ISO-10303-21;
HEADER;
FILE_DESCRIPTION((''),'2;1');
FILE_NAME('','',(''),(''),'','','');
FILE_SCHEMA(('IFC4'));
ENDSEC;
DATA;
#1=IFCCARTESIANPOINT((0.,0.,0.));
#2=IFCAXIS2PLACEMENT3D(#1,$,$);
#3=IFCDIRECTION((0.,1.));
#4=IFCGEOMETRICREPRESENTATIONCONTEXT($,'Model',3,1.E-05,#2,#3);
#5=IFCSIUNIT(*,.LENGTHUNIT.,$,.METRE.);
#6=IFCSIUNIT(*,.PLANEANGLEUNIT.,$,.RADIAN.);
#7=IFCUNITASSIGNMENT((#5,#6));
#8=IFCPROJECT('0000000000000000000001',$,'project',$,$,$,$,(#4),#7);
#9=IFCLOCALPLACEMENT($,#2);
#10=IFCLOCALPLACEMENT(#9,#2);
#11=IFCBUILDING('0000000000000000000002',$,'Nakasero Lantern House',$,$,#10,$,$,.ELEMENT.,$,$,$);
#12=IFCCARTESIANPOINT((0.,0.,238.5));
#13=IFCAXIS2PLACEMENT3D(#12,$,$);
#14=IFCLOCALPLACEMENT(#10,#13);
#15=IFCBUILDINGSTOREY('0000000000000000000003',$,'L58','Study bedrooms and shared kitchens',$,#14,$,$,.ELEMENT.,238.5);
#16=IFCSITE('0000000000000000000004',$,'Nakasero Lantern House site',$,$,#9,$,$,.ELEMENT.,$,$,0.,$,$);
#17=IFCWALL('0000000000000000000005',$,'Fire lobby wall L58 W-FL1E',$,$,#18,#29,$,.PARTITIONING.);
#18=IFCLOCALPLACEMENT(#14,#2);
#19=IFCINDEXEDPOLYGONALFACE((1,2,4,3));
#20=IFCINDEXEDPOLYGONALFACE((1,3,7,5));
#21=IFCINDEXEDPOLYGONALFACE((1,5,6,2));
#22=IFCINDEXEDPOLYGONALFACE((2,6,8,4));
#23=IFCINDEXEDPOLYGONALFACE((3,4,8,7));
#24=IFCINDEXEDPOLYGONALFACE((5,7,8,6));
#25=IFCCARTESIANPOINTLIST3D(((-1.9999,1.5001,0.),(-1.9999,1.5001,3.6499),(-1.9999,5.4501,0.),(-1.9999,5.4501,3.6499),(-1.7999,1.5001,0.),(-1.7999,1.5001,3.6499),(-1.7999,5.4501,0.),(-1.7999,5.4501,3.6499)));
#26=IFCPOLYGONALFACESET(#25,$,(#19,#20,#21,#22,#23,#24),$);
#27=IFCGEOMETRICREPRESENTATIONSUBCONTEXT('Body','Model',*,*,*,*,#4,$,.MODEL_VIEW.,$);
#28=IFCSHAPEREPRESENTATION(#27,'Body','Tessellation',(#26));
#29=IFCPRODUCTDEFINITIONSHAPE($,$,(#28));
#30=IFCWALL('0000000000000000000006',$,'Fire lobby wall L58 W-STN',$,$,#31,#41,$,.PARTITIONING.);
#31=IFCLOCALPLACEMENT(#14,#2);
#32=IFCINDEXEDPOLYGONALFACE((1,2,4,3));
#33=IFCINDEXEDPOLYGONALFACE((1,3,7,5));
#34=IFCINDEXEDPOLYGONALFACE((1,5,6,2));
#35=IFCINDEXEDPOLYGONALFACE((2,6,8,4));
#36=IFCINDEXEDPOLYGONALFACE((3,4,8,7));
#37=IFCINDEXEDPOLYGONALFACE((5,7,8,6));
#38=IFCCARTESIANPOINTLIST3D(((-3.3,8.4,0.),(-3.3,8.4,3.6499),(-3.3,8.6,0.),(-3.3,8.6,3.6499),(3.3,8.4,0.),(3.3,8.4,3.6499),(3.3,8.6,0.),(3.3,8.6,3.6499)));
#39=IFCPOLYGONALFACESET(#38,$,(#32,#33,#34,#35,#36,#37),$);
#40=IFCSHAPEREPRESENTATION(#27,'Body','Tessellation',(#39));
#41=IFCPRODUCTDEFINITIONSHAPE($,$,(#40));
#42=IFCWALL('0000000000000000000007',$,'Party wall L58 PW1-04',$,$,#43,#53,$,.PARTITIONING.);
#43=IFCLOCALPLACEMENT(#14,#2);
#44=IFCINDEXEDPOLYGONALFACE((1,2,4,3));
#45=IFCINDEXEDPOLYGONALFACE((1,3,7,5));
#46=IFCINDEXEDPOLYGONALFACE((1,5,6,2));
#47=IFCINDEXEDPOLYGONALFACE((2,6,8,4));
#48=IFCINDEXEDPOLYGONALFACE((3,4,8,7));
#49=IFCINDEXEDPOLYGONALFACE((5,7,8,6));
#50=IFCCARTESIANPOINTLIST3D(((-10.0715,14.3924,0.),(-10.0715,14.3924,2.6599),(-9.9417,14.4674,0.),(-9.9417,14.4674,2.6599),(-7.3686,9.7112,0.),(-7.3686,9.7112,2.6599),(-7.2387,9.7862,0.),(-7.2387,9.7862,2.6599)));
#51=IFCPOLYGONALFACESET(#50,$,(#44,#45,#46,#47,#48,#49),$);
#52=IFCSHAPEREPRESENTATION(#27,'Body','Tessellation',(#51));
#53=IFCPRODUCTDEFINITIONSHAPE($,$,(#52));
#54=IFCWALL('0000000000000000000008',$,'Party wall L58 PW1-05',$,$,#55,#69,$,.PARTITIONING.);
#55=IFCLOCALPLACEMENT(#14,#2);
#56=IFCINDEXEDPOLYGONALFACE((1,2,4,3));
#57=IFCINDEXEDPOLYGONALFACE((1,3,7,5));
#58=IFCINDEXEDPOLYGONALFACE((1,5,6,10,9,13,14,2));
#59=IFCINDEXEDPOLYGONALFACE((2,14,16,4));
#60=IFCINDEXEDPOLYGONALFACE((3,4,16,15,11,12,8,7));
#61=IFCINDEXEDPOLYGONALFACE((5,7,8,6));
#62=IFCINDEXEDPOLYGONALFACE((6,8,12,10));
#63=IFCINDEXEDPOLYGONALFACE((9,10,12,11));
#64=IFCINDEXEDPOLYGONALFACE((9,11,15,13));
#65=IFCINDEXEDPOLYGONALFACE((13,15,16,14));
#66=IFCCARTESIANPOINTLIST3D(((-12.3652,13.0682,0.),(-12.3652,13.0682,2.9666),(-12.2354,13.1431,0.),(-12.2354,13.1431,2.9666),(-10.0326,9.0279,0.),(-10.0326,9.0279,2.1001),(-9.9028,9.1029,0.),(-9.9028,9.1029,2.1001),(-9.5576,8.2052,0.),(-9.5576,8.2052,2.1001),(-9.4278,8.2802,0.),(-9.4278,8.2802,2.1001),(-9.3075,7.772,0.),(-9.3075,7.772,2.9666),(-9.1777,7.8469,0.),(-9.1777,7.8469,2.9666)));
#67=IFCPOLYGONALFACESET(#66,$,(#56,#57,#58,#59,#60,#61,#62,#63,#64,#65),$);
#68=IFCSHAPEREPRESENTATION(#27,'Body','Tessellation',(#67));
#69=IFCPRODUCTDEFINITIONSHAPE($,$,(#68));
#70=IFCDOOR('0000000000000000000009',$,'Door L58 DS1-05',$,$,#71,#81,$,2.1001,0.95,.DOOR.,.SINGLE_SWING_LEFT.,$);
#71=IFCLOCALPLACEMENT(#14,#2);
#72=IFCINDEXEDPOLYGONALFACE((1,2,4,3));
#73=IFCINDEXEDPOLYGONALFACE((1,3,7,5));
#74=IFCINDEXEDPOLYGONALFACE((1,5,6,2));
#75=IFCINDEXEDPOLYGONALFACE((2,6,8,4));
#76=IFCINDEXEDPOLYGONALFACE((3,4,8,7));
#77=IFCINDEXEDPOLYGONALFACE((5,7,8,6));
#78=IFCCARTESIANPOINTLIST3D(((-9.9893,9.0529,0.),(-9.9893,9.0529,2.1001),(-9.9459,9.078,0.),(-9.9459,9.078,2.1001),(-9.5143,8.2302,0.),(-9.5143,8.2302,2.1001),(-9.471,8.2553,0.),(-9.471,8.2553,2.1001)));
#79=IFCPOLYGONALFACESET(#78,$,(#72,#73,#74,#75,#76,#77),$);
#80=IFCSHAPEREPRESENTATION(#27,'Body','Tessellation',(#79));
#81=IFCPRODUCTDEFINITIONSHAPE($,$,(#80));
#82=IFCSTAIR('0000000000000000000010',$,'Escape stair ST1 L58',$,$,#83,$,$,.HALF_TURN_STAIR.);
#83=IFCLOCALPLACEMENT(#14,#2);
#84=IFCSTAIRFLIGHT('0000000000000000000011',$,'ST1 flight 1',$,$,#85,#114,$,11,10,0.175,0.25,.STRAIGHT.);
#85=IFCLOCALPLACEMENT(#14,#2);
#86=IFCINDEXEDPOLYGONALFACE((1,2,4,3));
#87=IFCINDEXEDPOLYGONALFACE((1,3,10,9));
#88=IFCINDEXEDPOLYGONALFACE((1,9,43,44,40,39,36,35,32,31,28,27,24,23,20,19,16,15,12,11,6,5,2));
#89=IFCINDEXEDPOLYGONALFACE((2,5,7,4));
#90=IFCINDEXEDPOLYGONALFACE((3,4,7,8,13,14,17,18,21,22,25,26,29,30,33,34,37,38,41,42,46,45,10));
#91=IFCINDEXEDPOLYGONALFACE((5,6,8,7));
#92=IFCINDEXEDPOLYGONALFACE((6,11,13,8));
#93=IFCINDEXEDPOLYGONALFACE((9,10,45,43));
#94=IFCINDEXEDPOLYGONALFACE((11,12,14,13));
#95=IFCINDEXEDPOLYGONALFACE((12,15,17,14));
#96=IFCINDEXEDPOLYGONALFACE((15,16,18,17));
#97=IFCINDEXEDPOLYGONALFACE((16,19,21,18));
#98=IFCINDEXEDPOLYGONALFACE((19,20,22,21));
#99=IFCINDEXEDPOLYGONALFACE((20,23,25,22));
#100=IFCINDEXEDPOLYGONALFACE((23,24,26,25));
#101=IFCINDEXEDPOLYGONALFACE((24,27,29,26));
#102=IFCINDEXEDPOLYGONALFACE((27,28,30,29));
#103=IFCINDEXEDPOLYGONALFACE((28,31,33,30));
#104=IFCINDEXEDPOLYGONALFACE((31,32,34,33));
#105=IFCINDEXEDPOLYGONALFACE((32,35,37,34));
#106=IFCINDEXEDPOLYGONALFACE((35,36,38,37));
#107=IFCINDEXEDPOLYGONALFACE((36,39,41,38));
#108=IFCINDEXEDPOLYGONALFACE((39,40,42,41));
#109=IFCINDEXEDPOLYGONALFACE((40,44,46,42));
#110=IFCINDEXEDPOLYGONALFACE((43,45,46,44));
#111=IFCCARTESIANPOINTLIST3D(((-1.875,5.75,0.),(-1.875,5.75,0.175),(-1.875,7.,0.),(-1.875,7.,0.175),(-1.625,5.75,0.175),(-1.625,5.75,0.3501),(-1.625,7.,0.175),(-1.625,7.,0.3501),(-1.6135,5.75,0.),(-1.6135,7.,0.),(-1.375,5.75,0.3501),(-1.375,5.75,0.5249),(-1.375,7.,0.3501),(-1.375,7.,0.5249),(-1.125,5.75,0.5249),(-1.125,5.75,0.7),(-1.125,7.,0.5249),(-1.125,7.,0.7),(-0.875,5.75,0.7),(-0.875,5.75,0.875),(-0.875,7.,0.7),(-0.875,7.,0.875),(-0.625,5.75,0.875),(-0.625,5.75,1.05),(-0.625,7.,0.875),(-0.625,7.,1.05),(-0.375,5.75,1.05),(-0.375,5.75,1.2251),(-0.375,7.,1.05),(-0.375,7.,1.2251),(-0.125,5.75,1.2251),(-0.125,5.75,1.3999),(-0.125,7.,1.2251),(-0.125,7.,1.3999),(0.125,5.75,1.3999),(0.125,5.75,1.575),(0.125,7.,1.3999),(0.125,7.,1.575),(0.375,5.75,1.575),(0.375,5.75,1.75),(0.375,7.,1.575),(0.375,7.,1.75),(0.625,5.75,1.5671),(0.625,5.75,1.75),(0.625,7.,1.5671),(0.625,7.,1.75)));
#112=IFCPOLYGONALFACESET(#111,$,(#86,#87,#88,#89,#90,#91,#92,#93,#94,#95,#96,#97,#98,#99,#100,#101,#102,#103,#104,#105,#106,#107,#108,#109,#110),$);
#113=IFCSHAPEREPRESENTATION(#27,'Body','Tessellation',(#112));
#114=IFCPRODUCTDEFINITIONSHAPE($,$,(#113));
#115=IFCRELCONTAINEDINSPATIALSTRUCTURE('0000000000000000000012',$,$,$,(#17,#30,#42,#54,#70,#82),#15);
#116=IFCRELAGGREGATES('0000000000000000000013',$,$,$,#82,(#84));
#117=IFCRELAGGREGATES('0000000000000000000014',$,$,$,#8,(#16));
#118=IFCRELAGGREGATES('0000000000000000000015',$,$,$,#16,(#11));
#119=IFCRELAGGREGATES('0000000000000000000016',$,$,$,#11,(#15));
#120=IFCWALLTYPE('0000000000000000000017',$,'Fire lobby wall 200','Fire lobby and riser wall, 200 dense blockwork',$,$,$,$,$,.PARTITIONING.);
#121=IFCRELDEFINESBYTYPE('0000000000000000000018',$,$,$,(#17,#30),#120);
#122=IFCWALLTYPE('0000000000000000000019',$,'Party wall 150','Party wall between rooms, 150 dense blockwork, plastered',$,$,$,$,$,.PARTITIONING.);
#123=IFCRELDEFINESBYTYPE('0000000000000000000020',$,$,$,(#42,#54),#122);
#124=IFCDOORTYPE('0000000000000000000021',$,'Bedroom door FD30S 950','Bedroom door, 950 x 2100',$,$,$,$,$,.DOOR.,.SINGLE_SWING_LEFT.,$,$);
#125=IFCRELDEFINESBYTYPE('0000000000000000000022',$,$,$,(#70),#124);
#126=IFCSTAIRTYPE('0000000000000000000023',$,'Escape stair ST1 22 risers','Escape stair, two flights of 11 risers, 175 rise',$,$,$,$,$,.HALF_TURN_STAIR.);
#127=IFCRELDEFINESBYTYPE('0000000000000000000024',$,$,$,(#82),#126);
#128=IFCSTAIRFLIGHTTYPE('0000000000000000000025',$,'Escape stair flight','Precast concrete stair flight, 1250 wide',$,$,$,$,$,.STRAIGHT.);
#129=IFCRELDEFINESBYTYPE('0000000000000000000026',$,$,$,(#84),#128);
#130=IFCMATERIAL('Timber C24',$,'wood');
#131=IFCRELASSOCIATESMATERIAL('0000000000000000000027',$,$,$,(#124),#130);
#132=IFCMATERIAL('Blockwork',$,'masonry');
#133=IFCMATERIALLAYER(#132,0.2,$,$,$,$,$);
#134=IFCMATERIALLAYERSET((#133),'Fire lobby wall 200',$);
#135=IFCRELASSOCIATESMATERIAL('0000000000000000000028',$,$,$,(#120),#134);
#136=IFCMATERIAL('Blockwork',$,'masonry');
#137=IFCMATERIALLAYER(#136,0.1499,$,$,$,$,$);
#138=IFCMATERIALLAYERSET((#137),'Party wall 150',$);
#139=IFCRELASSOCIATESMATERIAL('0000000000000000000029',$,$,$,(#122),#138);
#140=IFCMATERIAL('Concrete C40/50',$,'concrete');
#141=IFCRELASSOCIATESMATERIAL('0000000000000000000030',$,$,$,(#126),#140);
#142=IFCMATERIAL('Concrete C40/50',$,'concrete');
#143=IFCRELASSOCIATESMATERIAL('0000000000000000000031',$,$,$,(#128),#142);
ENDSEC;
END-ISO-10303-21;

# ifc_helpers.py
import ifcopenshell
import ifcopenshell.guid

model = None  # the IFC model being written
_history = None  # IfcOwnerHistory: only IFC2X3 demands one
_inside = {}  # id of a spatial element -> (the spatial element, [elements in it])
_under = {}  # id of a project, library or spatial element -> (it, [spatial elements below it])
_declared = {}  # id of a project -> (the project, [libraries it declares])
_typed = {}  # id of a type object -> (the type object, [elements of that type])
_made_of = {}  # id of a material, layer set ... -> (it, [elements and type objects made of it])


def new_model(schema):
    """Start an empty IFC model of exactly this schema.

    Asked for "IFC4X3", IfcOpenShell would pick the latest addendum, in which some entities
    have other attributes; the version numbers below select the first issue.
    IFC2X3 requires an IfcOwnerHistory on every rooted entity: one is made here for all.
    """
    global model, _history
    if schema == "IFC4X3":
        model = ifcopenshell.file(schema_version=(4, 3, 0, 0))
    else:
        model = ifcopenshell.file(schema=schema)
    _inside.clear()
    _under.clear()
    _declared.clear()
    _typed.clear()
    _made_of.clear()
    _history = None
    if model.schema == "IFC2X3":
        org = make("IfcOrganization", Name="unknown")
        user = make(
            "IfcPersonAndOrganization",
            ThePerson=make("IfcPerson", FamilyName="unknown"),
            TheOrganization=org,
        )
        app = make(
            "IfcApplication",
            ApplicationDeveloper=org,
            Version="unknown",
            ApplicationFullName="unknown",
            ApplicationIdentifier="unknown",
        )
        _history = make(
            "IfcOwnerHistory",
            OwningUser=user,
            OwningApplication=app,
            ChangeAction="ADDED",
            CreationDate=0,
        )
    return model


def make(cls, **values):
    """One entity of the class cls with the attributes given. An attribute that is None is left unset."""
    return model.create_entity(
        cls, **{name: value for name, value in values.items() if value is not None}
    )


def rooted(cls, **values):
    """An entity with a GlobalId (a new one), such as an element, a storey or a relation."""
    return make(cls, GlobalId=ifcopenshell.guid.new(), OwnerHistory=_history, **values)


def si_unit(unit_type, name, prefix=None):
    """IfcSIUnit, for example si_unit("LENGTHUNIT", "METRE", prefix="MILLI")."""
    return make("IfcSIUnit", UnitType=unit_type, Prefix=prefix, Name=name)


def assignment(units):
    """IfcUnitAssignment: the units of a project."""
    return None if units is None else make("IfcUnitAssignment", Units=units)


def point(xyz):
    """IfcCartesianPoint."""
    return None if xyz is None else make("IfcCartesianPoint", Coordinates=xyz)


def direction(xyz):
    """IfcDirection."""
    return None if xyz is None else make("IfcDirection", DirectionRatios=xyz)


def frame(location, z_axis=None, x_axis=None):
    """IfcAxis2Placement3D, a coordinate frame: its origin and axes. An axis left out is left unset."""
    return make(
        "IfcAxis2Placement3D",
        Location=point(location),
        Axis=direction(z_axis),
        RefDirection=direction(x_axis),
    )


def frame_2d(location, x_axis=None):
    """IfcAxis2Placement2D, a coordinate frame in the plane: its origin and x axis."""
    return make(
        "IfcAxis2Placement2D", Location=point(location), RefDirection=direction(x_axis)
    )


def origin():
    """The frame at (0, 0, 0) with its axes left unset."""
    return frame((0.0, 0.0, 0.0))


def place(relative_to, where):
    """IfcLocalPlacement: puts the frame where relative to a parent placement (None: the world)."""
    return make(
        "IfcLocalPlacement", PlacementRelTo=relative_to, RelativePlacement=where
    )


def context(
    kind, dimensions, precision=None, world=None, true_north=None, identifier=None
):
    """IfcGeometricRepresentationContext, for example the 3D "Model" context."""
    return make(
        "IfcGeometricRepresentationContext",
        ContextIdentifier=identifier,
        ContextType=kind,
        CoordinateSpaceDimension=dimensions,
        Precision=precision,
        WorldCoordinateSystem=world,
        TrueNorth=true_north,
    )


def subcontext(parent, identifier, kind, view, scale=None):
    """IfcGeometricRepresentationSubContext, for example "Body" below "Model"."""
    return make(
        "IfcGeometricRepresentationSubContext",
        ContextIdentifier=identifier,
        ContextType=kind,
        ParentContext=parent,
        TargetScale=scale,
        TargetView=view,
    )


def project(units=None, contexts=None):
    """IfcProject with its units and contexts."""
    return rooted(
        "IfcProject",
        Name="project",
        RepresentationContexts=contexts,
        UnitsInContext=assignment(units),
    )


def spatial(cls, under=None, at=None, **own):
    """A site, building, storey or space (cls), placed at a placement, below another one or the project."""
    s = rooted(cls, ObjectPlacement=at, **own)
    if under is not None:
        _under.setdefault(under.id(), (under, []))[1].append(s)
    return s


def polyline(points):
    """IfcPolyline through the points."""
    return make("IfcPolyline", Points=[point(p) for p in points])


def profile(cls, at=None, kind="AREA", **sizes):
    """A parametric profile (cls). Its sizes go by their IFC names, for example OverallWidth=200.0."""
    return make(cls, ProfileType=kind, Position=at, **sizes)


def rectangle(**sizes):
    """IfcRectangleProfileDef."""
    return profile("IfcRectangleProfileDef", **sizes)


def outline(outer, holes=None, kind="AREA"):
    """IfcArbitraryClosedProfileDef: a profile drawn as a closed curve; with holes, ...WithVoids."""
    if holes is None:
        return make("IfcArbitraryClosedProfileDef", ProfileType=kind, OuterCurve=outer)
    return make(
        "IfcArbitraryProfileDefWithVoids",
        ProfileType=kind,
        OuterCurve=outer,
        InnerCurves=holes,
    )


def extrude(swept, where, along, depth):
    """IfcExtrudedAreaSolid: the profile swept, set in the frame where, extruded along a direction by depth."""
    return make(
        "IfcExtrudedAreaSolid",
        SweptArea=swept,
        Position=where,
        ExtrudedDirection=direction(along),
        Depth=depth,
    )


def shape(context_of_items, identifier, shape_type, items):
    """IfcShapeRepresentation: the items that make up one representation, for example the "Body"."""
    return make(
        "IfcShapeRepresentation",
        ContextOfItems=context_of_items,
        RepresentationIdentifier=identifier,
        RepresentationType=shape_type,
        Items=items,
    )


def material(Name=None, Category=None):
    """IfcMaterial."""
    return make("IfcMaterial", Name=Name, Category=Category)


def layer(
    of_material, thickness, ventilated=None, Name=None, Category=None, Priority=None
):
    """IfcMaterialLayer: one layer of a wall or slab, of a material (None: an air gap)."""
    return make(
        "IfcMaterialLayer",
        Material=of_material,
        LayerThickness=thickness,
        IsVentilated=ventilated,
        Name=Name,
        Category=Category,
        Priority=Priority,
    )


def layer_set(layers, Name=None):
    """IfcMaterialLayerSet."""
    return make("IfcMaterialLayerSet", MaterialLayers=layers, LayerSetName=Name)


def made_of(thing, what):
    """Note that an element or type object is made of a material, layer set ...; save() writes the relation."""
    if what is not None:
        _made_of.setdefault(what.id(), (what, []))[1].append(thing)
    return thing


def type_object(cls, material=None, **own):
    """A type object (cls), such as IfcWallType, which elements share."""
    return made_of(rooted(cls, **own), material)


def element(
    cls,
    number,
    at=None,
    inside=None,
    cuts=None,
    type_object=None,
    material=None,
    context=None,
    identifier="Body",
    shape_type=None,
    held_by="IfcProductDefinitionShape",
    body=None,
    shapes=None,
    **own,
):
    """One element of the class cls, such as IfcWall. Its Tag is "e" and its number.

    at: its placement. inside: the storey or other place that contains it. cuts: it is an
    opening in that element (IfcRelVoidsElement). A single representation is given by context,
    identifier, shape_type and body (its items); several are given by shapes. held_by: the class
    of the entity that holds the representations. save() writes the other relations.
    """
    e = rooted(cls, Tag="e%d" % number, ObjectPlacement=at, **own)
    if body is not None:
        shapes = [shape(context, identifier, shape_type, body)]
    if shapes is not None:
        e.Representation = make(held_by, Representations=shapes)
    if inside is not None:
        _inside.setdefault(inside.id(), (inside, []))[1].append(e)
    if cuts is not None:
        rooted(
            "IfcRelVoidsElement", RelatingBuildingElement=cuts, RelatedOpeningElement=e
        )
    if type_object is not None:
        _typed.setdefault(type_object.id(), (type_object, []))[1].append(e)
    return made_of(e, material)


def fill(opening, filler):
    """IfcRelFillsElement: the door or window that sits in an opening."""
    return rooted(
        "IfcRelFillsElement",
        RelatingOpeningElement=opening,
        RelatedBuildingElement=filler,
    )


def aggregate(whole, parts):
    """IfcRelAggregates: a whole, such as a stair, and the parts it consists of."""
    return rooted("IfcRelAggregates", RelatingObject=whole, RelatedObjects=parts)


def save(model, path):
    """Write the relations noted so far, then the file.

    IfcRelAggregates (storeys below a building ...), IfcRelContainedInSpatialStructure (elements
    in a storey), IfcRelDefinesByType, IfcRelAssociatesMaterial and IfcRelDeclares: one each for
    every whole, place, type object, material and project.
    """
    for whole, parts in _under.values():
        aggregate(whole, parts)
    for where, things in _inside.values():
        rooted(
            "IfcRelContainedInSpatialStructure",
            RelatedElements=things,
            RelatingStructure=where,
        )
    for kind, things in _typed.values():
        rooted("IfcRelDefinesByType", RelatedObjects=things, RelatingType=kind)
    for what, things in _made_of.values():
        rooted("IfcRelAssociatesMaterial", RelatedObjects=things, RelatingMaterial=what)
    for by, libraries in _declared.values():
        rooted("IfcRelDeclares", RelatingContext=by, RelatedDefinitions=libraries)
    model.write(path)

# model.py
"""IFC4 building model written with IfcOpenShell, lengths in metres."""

from ifc_helpers import new_model, si_unit, direction, frame, frame_2d, origin, place, context, subcontext, project, spatial, polyline, rectangle, outline, extrude, material, layer, layer_set, type_object, element, fill, aggregate, save


model = new_model("IFC4")

# Units and contexts
model_context = context("Model", 3, precision=1e-05, world=origin(), true_north=direction((0.0, 1.0)))
body_context = subcontext(model_context, "Body", "Model", "MODEL_VIEW")
ifc_project = project(units=[si_unit("LENGTHUNIT", "METRE"), si_unit("PLANEANGLEUNIT", "RADIAN")], contexts=[model_context])

# Site, building, storey
site_placement = place(None, origin())
site = spatial("IfcSite", under=ifc_project, at=site_placement, Name="Nakasero Lantern House site", CompositionType="ELEMENT", RefElevation=0.0)
building_placement = place(site_placement, origin())
building = spatial("IfcBuilding", under=site, at=building_placement, Name="Nakasero Lantern House", CompositionType="ELEMENT")
storey_placement = place(building_placement, frame((0.0, 0.0, 238.5)))
storey = spatial("IfcBuildingStorey", under=building, at=storey_placement, Name="L58", Description="Study bedrooms and shared kitchens", CompositionType="ELEMENT", Elevation=238.5)

# Shared definitions
ifc_material_1 = material(Name="Timber C24", Category="wood")
door_type_1 = type_object("IfcDoorType", Name="Bedroom door FD30S 950", Description="Bedroom door, 950 x 2100", OperationType="SINGLE_SWING_LEFT", PredefinedType="DOOR", material=ifc_material_1)
ifc_material_2 = material(Name="Blockwork", Category="masonry")
ifc_layer_1 = layer(ifc_material_2, 0.2)
ifc_layer_set_1 = layer_set([ifc_layer_1], Name="Fire lobby wall 200")
wall_type_1 = type_object("IfcWallType", Name="Fire lobby wall 200", Description="Fire lobby and riser wall, 200 dense blockwork", PredefinedType="PARTITIONING", material=ifc_layer_set_1)

# Walls
wall_1_placement = place(storey_placement, frame((-1.8999, 1.5, 0.0), z_axis=(0.0, 0.0, 1.0), x_axis=(0.0, 1.0, 0.0)))
element("IfcWall", 1, at=wall_1_placement, inside=storey, type_object=wall_type_1, Name="Fire lobby wall L58 W-FL1E", PredefinedType="PARTITIONING", context=body_context, shape_type="SweptSolid", body=[
    extrude(rectangle(XDim=3.95, YDim=0.2, at=frame_2d((1.9751, 0.0))), origin(), (0.0, 0.0, 1.0), 3.6499),
])
wall_2_placement = place(storey_placement, frame((-3.3, 8.5, 0.0), z_axis=(0.0, 0.0, 1.0), x_axis=(1.0, 0.0, 0.0)))
element("IfcWall", 2, at=wall_2_placement, inside=storey, type_object=wall_type_1, Name="Fire lobby wall L58 W-STN", PredefinedType="PARTITIONING", context=body_context, shape_type="SweptSolid", body=[
    extrude(rectangle(XDim=6.6001, YDim=0.2, at=frame_2d((3.3, 0.0))), origin(), (0.0, 0.0, 1.0), 3.6499),
])
ifc_material_3 = material(Name="Blockwork", Category="masonry")
ifc_layer_2 = layer(ifc_material_3, 0.1499)
ifc_layer_set_2 = layer_set([ifc_layer_2], Name="Party wall 150")
wall_type_2 = type_object("IfcWallType", Name="Party wall 150", Description="Party wall between rooms, 150 dense blockwork, plastered", PredefinedType="PARTITIONING", material=ifc_layer_set_2)
wall_3_placement = place(storey_placement, frame((-7.3037, 9.7488, 0.0), z_axis=(0.0, 0.0, 1.0), x_axis=(-0.50003, 0.866008, 0.0)))
element("IfcWall", 3, at=wall_3_placement, inside=storey, type_object=wall_type_2, Name="Party wall L58 PW1-04", PredefinedType="PARTITIONING", context=body_context, shape_type="SweptSolid", body=[
    extrude(rectangle(XDim=5.4055, YDim=0.1499, at=frame_2d((2.7026, 0.0))), origin(), (0.0, 0.0, 1.0), 2.6599),
])

# Wall, opening, door
wall_4_placement = place(storey_placement, frame((-9.2427, 7.8096, 0.0), z_axis=(0.0, 0.0, 1.0), x_axis=(-0.499986, 0.866033, 0.0)))
wall_4 = element("IfcWall", 4, at=wall_4_placement, inside=storey, type_object=wall_type_2, Name="Party wall L58 PW1-05", PredefinedType="PARTITIONING", context=body_context, shape_type="SweptSolid", body=[
    extrude(rectangle(XDim=6.1155, YDim=0.1499, at=frame_2d((3.0576, 0.0))), origin(), (0.0, 0.0, 1.0), 2.9666),
])
opening_1_placement = place(wall_4_placement, frame((0.5, 0.0, 0.0)))
opening_1 = element("IfcOpeningElement", 5, at=opening_1_placement, cuts=wall_4, PredefinedType="OPENING", context=body_context, shape_type="SweptSolid", body=[
    extrude(rectangle(XDim=0.95, YDim=2.1001, at=frame_2d((0.4751, 1.05))), frame((0.0, 0.095, 0.0), z_axis=(0.0, -1.0, 0.0), x_axis=(1.0, 0.0, 0.0)), (0.0, 0.0, 1.0), 0.1899),
])
door_1_placement = place(opening_1_placement, origin())
door_1 = element("IfcDoor", 6, at=door_1_placement, inside=storey, type_object=door_type_1, Name="Door L58 DS1-05", OperationType="SINGLE_SWING_LEFT", OverallHeight=2.1001, OverallWidth=0.95, PredefinedType="DOOR", context=body_context, shape_type="SweptSolid", body=[
    extrude(rectangle(XDim=0.95, YDim=2.1001, at=frame_2d((0.4751, 1.05))), frame((0.0, 0.0249, 0.0), z_axis=(0.0, -1.0, 0.0), x_axis=(1.0, 0.0, 0.0)), (0.0, 0.0, 1.0), 0.05),
])
fill(opening_1, door_1)

# Stair, stair flight
ifc_material_4 = material(Name="Concrete C40/50", Category="concrete")
stair_type = type_object("IfcStairType", Name="Escape stair ST1 22 risers", Description="Escape stair, two flights of 11 risers, 175 rise", PredefinedType="HALF_TURN_STAIR", material=ifc_material_4)
stair_placement = place(storey_placement, origin())
stair = element("IfcStair", 7, at=stair_placement, inside=storey, type_object=stair_type, Name="Escape stair ST1 L58", PredefinedType="HALF_TURN_STAIR")
ifc_material_5 = material(Name="Concrete C40/50", Category="concrete")
stair_flight_type = type_object("IfcStairFlightType", Name="Escape stair flight", Description="Precast concrete stair flight, 1250 wide", PredefinedType="STRAIGHT", material=ifc_material_5)
stair_flight_placement = place(storey_placement, frame((-1.875, 6.375, 0.0), z_axis=(0.0, 0.0, 1.0), x_axis=(1.0, 0.0, 0.0)))
stair_flight = element("IfcStairFlight", 8, at=stair_flight_placement, type_object=stair_flight_type, Name="ST1 flight 1", NumberOfRisers=11, NumberOfTreads=10, PredefinedType="STRAIGHT", RiserHeight=0.175, TreadLength=0.25, context=body_context, shape_type="SweptSolid", body=[
    extrude(outline(polyline([(0.0, 0.0), (0.0, 0.175), (0.25, 0.175), (0.25, 0.3501), (0.5, 0.3501), (0.5, 0.5249), (0.75, 0.5249), (0.75, 0.7), (1.0, 0.7), (1.0, 0.875), (1.25, 0.875), (1.25, 1.05), (1.5, 1.05), (1.5, 1.2251), (1.75, 1.2251), (1.75, 1.3999), (2.0, 1.3999), (2.0, 1.575), (2.25, 1.575), (2.25, 1.75), (2.5, 1.75), (2.5, 1.925), (2.5, 1.5671), (0.2615, 0.0), (0.0, 0.0)])), frame((0.0, 0.625, 0.0), z_axis=(0.0, -1.0, 0.0), x_axis=(1.0, 0.0, 0.0)), (0.0, 0.0, 1.0), 1.25),
])
aggregate(stair, [stair_flight])

save(model, "model.ifc")
